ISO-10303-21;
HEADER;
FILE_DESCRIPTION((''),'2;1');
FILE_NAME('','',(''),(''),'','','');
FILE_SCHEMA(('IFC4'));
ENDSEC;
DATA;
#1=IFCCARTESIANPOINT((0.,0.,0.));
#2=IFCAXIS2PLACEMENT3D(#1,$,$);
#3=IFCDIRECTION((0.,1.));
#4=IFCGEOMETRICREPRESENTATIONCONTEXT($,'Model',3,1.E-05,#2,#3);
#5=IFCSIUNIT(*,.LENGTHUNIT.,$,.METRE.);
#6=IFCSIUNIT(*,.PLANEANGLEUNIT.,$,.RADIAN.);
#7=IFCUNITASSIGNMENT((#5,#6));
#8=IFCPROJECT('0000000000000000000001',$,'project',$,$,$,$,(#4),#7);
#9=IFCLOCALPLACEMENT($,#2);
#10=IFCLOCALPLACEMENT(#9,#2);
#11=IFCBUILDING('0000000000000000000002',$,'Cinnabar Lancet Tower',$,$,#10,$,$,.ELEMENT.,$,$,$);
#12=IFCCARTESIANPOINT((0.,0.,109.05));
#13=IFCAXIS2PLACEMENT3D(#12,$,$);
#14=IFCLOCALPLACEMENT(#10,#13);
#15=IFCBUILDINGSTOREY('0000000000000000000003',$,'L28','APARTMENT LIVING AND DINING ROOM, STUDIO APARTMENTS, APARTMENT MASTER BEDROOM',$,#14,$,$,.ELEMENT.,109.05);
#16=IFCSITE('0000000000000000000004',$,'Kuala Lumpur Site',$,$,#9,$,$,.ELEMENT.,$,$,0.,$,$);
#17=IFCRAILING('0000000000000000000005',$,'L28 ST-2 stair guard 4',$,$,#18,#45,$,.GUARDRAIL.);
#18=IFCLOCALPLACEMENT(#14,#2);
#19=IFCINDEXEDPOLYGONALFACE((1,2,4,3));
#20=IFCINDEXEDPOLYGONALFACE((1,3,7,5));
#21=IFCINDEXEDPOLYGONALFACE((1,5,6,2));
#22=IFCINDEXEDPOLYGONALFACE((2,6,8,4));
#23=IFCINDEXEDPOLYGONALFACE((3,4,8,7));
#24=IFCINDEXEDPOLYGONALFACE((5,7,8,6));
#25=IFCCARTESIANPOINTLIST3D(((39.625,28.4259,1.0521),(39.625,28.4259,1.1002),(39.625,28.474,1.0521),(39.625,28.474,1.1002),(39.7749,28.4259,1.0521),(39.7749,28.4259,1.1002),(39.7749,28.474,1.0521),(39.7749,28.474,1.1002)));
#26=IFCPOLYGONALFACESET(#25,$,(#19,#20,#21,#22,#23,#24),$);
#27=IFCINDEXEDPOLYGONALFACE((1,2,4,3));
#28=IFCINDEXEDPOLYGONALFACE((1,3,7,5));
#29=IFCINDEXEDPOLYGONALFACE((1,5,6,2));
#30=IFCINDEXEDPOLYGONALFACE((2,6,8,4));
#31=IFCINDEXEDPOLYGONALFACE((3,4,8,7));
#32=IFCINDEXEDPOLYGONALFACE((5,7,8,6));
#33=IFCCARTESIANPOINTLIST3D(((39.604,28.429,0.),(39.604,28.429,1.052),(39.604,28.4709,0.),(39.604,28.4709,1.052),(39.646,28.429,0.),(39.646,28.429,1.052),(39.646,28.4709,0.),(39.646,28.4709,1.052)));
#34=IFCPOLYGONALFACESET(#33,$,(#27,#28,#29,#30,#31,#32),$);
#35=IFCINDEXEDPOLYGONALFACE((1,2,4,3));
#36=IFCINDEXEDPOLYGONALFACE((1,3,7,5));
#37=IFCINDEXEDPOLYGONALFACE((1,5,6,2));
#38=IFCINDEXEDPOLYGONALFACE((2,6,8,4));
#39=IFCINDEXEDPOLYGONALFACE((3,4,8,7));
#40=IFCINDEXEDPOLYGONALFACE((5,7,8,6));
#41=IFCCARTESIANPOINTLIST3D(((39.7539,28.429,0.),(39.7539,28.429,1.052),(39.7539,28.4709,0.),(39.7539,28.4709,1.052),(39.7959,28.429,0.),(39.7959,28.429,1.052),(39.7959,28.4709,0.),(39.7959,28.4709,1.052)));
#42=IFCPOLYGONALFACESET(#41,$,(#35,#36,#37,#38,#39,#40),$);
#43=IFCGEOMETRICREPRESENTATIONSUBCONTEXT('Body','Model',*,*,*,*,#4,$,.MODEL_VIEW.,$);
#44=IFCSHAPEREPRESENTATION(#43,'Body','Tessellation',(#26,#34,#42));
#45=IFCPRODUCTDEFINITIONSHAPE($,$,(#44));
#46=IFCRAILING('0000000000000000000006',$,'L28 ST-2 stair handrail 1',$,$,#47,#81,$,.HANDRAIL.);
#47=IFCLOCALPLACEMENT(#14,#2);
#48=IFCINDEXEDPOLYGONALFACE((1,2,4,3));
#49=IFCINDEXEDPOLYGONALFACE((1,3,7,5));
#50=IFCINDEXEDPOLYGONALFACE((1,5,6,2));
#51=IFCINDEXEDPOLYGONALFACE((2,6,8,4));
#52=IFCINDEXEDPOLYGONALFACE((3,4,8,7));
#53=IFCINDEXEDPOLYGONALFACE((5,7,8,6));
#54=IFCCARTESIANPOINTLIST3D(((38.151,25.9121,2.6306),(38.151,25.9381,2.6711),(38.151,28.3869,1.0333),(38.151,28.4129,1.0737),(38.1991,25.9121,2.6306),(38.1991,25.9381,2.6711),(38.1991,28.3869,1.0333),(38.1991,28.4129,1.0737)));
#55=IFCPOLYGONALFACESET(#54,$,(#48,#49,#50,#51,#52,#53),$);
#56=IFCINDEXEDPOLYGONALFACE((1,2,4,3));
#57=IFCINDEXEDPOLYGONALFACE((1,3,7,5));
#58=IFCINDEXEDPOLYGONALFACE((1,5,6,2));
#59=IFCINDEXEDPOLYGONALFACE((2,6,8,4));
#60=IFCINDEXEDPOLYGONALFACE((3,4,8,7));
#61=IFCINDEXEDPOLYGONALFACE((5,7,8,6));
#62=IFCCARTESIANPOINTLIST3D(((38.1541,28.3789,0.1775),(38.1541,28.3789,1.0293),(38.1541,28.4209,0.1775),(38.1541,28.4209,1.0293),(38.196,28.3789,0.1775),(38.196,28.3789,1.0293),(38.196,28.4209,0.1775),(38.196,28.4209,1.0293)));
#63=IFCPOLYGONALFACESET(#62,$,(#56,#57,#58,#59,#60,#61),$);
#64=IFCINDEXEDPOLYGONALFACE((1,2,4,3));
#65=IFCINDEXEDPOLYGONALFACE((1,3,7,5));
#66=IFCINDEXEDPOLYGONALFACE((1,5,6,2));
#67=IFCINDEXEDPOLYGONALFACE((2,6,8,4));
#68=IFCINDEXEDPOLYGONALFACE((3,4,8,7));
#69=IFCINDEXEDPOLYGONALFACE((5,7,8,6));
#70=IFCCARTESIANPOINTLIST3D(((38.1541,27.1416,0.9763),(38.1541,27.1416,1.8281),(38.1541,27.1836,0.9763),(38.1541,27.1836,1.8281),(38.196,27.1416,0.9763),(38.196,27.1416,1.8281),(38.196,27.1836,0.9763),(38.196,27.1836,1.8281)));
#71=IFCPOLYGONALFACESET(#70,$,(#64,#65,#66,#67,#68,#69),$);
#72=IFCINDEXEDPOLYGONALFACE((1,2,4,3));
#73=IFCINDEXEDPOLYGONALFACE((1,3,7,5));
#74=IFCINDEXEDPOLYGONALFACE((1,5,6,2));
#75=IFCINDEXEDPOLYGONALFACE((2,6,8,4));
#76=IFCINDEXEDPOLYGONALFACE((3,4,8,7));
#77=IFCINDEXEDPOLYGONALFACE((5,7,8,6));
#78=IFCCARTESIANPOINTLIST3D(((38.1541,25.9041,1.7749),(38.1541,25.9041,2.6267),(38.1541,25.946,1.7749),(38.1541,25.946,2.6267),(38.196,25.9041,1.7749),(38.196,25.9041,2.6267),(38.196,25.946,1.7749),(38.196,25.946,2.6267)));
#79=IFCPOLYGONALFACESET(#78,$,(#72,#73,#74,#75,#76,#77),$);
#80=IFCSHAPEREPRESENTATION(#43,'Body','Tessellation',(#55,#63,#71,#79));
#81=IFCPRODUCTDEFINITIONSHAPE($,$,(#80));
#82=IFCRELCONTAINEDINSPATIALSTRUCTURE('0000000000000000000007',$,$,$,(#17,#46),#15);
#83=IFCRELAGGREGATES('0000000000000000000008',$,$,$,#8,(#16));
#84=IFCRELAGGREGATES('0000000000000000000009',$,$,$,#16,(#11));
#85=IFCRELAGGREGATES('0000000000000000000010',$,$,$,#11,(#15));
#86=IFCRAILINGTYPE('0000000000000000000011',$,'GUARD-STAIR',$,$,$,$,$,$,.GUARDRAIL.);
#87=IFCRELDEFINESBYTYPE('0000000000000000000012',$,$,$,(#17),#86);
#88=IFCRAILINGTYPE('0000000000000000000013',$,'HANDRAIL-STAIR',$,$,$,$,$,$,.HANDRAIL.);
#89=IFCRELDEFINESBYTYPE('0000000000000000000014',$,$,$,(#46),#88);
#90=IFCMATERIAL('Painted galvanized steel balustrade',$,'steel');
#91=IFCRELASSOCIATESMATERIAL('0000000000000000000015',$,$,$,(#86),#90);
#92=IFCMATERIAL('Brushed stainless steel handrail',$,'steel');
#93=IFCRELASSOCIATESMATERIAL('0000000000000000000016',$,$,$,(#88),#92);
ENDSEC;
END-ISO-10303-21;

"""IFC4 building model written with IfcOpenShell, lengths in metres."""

from ifc_helpers import new_model, si_unit, direction, frame, origin, origin_2d, place, context, subcontext, project, spatial, rectangle, extrude, material, type_object, element, save


model = new_model("IFC4")

# Units and contexts
model_context = context("Model", 3, precision=1e-05, world=origin(), true_north=direction((0.0, 1.0)))
body_context = subcontext(model_context, "Body", "Model", "MODEL_VIEW")
ifc_project = project(units=[si_unit("LENGTHUNIT", "METRE"), si_unit("PLANEANGLEUNIT", "RADIAN")], contexts=[model_context])

# Site, building, storey
site_placement = place(None, origin())
site = spatial("IfcSite", under=ifc_project, at=site_placement, Name="Kuala Lumpur Site", CompositionType="ELEMENT", RefElevation=0.0)
building_placement = place(site_placement, origin())
building = spatial("IfcBuilding", under=site, at=building_placement, Name="Cinnabar Lancet Tower", CompositionType="ELEMENT")
storey_placement = place(building_placement, frame((0.0, 0.0, 109.05)))
storey = spatial("IfcBuildingStorey", under=building, at=storey_placement, Name="L28", Description="APARTMENT LIVING AND DINING ROOM, STUDIO APARTMENTS, APARTMENT MASTER BEDROOM", CompositionType="ELEMENT", Elevation=109.05)

# Railings
ifc_material_1 = material(Name="Painted galvanized steel balustrade", Category="steel")
railing_type_1 = type_object("IfcRailingType", Name="GUARD-STAIR", PredefinedType="GUARDRAIL", material=ifc_material_1)
railing_1_placement = place(storey_placement, frame((39.625, 28.45, 0.0)))
element("IfcRailing", 1, at=railing_1_placement, inside=storey, type_object=railing_type_1, Name="L28 ST-2 stair guard 4", PredefinedType="GUARDRAIL", context=body_context, shape_type="SweptSolid", body=[
    extrude(rectangle(XDim=0.0481, YDim=0.0481, at=origin_2d()), frame((0.0, 0.0, 1.0762), z_axis=(1.0, 0.0, 0.0), x_axis=(0.0, 1.0, 0.0)), (0.0, 0.0, 1.0), 0.1499),
    extrude(rectangle(XDim=0.042, YDim=0.042, at=origin_2d()), origin(), (0.0, 0.0, 1.0), 1.052),
    extrude(rectangle(XDim=0.042, YDim=0.042, at=origin_2d()), frame((0.1499, 0.0, 0.0)), (0.0, 0.0, 1.0), 1.052),
])
ifc_material_2 = material(Name="Brushed stainless steel handrail", Category="steel")
railing_type_2 = type_object("IfcRailingType", Name="HANDRAIL-STAIR", PredefinedType="HANDRAIL", material=ifc_material_2)
railing_2_placement = place(storey_placement, frame((38.175, 28.3999, 0.1775)))
element("IfcRailing", 2, at=railing_2_placement, inside=storey, type_object=railing_type_2, Name="L28 ST-2 stair handrail 1", PredefinedType="HANDRAIL", context=body_context, shape_type="SweptSolid", body=[
    extrude(rectangle(XDim=0.0481, YDim=0.0481, at=origin_2d()), frame((0.0, 0.0, 0.876), z_axis=(0.0, -0.840183, 0.542302), x_axis=(1.0, 0.0, 0.0)), (0.0, 0.0, 1.0), 2.9456),
    extrude(rectangle(XDim=0.042, YDim=0.042, at=origin_2d()), origin(), (0.0, 0.0, 1.0), 0.8518),
    extrude(rectangle(XDim=0.042, YDim=0.042, at=origin_2d()), frame((0.0, -1.2373, 0.7988)), (0.0, 0.0, 1.0), 0.8518),
    extrude(rectangle(XDim=0.042, YDim=0.042, at=origin_2d()), frame((0.0, -2.4749, 1.5974)), (0.0, 0.0, 1.0), 0.8518),
])

save(model, "model.ifc")
